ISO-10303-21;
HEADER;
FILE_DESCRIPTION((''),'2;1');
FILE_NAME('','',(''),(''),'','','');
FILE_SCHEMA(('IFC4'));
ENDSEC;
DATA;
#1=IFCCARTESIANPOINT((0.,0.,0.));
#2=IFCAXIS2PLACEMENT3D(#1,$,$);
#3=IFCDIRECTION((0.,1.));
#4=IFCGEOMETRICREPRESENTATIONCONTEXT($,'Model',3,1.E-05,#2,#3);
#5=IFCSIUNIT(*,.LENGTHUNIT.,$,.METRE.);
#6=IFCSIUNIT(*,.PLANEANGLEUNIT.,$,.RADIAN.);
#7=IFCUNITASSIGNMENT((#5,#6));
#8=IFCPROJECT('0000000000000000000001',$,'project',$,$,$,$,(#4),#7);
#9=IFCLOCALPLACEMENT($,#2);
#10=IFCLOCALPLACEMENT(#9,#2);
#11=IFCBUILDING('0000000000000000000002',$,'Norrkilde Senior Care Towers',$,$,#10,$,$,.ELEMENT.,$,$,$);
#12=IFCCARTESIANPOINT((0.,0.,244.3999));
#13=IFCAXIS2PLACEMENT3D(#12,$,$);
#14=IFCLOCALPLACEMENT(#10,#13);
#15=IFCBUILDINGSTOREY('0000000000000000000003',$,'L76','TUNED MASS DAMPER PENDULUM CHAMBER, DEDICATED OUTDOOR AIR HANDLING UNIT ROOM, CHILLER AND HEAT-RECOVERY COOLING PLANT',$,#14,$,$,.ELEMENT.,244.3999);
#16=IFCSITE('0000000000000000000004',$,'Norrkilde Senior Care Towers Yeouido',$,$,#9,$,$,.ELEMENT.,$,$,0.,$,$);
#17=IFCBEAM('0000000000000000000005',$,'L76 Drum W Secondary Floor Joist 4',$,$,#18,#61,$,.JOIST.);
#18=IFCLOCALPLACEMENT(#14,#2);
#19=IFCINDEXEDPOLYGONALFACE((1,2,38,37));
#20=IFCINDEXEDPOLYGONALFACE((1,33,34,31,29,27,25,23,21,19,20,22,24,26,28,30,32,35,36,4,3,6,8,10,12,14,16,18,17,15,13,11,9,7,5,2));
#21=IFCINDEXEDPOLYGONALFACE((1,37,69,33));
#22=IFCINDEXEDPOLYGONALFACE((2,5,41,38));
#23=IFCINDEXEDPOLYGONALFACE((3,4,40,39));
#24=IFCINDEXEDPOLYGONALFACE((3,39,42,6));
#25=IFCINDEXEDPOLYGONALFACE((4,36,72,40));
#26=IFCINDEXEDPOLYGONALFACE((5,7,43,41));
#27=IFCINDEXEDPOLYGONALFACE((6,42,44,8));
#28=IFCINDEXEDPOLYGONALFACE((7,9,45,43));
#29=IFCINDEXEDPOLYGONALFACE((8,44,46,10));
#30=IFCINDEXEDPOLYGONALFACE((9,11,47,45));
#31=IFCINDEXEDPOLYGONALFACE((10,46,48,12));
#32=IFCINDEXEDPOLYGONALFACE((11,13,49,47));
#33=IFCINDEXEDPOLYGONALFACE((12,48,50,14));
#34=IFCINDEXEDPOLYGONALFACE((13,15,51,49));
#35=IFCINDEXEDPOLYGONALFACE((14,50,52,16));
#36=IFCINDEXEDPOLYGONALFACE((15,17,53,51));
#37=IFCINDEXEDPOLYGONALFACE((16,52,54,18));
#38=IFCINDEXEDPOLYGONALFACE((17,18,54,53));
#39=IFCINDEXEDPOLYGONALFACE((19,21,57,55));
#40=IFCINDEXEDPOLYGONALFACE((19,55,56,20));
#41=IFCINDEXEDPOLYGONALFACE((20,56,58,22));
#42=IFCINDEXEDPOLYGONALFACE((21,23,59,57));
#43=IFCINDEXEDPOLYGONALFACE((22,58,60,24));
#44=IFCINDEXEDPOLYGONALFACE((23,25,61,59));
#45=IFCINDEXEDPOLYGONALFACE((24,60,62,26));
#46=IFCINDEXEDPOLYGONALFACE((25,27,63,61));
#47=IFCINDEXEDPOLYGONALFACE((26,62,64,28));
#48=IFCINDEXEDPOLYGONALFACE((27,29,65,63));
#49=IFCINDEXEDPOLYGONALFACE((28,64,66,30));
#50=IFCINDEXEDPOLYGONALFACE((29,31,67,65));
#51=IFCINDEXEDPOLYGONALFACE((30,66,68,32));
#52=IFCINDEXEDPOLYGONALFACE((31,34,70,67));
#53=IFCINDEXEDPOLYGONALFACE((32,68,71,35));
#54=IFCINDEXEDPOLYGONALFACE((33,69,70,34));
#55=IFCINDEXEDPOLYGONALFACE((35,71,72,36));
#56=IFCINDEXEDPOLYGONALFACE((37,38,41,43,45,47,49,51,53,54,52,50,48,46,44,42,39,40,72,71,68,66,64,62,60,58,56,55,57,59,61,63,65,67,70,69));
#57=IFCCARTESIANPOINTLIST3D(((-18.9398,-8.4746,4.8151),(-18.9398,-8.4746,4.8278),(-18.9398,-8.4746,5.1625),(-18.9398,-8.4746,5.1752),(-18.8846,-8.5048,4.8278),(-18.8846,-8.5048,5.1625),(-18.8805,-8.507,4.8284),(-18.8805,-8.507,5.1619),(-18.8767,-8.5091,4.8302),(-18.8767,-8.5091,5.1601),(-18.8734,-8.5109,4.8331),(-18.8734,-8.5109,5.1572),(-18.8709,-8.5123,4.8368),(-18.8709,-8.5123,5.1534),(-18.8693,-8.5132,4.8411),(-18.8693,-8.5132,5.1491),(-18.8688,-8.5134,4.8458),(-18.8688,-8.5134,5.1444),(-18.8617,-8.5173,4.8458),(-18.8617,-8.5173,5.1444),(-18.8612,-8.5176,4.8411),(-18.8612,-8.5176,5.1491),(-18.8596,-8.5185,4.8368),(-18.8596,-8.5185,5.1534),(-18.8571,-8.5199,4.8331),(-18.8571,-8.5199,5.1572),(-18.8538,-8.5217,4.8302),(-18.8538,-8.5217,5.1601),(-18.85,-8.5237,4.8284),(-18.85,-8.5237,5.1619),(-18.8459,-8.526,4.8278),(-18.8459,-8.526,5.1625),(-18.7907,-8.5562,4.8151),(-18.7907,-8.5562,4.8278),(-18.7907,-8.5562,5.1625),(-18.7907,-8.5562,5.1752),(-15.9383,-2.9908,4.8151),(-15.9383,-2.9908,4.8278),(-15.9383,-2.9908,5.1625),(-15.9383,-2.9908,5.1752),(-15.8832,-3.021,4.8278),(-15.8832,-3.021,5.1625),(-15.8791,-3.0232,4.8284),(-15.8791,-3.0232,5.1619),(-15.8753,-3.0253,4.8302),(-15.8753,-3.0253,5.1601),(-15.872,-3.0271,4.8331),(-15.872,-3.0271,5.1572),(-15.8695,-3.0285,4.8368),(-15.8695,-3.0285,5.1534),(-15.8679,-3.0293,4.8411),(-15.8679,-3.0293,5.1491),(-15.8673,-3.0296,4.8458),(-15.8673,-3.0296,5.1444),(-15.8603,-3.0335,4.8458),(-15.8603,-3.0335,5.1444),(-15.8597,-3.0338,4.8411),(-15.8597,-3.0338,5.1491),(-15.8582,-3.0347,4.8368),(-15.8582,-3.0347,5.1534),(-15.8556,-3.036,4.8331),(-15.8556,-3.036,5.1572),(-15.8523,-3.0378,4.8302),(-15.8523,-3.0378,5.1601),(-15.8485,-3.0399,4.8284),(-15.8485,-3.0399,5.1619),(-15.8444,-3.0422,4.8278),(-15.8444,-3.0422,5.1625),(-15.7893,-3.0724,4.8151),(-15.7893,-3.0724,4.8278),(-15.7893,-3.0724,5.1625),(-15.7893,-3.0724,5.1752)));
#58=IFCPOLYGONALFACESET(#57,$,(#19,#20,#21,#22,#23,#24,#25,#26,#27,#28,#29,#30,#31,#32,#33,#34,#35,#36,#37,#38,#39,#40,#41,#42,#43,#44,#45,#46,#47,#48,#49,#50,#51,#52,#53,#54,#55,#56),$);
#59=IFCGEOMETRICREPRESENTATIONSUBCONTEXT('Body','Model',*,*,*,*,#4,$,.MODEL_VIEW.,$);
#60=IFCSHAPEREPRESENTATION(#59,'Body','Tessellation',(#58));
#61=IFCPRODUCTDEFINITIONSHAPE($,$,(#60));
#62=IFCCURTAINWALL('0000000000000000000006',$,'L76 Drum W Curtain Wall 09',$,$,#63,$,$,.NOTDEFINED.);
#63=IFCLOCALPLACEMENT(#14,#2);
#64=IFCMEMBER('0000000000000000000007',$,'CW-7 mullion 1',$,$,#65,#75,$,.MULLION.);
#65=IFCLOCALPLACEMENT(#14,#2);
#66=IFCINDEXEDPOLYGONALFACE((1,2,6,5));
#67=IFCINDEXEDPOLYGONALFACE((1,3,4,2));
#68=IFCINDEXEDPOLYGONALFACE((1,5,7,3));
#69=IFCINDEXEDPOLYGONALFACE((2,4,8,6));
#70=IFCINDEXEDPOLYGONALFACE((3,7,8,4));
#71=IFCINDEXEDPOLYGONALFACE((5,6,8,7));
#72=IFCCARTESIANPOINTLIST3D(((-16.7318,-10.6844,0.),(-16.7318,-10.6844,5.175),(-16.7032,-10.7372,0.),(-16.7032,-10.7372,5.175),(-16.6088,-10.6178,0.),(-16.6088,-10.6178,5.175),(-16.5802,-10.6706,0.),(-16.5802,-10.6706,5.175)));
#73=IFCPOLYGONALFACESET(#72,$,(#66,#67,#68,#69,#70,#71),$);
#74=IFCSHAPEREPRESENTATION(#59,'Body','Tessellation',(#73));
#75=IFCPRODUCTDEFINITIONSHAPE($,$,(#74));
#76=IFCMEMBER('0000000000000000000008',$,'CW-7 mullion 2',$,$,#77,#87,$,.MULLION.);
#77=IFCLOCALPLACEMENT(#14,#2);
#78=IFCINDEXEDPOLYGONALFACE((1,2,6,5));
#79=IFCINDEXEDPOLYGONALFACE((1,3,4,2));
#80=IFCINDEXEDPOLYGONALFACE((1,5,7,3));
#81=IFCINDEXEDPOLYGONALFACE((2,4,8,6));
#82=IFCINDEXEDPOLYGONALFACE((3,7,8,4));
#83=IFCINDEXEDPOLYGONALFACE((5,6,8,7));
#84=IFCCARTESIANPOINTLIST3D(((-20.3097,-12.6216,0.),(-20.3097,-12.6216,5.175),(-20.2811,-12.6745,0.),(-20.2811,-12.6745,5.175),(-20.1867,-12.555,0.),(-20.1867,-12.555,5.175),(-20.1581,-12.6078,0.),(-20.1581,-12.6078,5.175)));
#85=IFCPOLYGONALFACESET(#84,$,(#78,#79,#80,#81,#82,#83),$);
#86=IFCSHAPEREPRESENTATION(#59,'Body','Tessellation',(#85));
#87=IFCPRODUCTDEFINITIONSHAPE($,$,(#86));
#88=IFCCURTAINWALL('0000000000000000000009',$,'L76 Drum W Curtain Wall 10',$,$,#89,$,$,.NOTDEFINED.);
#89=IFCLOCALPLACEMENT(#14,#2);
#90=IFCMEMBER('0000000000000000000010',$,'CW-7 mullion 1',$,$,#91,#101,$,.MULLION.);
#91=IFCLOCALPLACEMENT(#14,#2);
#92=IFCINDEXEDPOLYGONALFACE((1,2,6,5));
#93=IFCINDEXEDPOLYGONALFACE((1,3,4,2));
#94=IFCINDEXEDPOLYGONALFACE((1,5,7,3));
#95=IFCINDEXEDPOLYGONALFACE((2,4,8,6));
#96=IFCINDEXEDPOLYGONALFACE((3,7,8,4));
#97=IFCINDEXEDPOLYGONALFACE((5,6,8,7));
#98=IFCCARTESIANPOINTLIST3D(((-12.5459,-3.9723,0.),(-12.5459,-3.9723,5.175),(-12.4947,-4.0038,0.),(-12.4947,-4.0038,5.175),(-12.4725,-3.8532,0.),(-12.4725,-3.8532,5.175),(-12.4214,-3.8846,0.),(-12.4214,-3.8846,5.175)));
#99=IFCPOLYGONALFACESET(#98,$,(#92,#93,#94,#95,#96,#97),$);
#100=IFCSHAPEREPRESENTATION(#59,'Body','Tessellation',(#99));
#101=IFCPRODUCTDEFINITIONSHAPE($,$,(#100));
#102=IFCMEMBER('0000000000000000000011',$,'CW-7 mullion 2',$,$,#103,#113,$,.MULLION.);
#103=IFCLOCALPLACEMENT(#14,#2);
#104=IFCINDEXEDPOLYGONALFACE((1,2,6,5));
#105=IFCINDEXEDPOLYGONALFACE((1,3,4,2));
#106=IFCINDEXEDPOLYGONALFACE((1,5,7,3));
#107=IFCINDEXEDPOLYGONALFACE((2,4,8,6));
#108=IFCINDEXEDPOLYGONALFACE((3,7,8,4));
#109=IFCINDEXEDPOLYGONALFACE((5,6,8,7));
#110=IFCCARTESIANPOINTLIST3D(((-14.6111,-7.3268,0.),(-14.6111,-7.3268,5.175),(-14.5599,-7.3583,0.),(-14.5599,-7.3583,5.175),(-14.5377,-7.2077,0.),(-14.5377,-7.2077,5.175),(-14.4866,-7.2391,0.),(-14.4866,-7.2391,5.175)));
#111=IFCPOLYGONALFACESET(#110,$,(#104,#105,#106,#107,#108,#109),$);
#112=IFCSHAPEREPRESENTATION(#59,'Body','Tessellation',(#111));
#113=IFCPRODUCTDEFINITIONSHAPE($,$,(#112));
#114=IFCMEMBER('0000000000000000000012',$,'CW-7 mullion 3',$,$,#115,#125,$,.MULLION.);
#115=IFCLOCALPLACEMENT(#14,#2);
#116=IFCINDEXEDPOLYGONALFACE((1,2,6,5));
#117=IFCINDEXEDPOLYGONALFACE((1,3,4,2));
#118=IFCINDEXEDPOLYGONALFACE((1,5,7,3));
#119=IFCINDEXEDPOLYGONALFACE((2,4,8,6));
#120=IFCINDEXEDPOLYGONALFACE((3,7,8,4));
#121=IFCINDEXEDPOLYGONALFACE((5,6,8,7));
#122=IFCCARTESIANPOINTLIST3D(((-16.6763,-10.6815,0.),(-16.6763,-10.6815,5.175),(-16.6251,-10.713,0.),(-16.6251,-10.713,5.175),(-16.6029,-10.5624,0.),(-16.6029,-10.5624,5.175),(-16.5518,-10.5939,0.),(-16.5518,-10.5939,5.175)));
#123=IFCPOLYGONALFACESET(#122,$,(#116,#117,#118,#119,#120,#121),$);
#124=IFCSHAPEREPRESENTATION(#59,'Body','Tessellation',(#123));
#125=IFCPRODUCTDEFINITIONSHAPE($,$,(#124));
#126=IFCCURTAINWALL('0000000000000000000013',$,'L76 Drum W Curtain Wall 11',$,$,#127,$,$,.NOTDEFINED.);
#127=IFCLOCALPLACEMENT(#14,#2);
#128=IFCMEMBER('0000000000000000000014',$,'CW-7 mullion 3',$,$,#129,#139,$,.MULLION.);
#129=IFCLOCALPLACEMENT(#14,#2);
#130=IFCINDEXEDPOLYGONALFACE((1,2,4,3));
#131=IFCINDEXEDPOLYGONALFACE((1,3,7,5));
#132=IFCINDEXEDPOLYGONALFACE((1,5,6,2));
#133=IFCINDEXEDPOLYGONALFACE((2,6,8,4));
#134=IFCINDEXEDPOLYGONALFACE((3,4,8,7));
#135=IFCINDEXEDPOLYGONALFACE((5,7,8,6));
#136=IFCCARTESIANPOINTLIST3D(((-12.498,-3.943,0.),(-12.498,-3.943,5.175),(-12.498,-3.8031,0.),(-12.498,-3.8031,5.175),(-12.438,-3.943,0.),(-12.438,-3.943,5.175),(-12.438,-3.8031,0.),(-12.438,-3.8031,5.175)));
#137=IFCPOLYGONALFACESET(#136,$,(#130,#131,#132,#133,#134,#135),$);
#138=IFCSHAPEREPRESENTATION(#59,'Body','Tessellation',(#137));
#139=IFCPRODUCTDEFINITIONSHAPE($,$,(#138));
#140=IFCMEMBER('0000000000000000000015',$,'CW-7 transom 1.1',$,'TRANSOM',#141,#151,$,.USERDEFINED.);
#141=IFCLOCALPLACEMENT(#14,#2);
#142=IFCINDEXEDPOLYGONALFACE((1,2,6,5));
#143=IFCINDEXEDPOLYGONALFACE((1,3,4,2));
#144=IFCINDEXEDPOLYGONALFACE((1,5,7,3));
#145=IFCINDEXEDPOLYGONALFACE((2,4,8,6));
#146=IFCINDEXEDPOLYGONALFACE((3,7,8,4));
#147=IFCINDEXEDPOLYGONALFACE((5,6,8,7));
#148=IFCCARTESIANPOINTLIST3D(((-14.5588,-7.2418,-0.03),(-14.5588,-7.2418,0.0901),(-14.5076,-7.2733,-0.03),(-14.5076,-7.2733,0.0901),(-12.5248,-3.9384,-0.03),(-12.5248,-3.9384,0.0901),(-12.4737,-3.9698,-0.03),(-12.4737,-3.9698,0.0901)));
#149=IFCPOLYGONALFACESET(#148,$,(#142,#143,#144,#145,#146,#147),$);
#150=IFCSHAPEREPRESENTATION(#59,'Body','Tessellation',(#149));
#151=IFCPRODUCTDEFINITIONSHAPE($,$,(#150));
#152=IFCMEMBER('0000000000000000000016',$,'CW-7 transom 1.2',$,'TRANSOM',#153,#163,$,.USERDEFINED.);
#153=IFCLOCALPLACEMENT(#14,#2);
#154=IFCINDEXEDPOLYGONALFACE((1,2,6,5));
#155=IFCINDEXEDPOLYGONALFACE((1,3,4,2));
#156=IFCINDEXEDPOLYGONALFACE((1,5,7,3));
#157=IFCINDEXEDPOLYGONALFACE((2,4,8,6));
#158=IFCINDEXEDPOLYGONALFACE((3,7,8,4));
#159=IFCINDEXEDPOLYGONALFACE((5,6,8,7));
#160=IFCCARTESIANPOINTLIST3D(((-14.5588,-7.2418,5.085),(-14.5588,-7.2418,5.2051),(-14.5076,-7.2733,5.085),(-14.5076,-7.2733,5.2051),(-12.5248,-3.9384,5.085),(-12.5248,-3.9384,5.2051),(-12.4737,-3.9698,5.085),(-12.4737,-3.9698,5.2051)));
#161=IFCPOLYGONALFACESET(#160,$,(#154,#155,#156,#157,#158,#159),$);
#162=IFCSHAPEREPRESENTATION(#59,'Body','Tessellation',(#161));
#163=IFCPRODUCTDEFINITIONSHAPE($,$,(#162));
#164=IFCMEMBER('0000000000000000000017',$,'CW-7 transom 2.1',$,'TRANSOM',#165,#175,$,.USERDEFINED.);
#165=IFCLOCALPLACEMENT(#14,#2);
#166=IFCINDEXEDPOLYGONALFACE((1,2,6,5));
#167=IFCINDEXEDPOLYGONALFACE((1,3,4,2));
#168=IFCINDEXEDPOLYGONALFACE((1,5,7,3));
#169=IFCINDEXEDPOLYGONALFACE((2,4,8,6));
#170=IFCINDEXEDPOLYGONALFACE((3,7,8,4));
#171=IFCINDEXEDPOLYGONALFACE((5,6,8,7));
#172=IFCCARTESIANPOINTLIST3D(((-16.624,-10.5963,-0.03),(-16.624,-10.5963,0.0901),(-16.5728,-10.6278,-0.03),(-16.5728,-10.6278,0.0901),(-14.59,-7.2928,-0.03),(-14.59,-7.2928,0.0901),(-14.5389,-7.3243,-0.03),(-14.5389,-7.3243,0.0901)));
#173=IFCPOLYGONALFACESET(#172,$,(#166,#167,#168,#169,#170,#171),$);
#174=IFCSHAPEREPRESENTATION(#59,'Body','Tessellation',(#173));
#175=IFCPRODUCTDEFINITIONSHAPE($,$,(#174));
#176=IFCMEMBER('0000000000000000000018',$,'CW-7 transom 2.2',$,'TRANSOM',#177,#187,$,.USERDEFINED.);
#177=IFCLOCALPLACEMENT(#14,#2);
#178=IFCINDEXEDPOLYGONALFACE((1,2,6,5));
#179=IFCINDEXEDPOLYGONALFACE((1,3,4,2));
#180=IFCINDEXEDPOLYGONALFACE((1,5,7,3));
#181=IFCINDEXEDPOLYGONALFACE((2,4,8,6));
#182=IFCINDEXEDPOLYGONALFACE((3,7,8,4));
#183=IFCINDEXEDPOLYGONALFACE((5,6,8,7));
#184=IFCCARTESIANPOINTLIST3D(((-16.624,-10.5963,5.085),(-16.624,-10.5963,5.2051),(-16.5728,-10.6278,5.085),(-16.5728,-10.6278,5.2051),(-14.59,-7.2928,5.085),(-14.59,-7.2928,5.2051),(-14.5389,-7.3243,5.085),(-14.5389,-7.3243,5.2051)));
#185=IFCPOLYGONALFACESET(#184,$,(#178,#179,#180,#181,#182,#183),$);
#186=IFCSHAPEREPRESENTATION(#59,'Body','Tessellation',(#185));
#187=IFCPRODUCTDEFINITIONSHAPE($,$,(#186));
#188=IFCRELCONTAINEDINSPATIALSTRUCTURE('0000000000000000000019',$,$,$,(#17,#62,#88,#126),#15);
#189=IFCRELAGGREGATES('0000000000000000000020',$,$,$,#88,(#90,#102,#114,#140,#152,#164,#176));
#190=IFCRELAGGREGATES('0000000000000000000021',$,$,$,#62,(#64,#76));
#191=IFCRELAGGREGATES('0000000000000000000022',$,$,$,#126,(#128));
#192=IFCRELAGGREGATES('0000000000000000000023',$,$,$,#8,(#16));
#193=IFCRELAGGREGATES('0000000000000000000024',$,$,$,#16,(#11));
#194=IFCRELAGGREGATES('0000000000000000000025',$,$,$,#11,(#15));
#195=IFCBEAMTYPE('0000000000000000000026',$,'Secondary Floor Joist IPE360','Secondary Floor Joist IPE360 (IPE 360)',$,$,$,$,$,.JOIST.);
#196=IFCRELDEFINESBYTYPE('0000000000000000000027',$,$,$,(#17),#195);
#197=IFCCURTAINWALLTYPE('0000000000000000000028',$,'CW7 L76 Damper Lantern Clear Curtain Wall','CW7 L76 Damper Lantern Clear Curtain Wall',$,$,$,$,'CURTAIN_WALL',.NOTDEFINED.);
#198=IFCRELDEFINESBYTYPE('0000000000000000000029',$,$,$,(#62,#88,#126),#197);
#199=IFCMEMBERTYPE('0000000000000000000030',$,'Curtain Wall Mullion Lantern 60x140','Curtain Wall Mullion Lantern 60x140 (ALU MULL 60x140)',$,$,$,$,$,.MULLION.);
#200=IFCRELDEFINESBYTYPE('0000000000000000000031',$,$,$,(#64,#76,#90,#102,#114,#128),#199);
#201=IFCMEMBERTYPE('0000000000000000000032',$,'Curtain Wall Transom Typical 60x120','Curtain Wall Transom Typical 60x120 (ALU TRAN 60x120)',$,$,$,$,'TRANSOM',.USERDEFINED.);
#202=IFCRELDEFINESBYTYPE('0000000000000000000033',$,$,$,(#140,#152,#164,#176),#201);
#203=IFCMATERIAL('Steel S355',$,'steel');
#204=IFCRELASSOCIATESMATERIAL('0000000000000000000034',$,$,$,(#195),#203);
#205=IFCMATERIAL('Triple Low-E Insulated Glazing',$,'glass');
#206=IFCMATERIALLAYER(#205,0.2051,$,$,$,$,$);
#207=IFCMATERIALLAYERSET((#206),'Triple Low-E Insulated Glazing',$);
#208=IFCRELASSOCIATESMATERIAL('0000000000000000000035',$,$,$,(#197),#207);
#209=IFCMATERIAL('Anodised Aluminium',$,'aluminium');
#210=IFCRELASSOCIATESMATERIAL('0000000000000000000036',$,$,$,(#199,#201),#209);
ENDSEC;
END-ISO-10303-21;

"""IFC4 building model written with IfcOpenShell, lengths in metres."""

from ifc_helpers import new_model, si_unit, direction, frame, origin, origin_2d, place, context, subcontext, project, spatial, rectangle, i_section, extrude, source, transform, mapped, material, layer, layer_set, material_profile, profile_set, type_object, type_shapes, element, aggregate, save


model = new_model("IFC4")

# Units and contexts
model_context = context("Model", 3, precision=1e-05, world=origin(), true_north=direction((0.0, 1.0)))
body_context = subcontext(model_context, "Body", "Model", "MODEL_VIEW")
ifc_project = project(units=[si_unit("LENGTHUNIT", "METRE"), si_unit("PLANEANGLEUNIT", "RADIAN")], contexts=[model_context])

# Site, building, storey
site_placement = place(None, origin())
site = spatial("IfcSite", under=ifc_project, at=site_placement, Name="Norrkilde Senior Care Towers Yeouido", CompositionType="ELEMENT", RefElevation=0.0)
building_placement = place(site_placement, origin())
building = spatial("IfcBuilding", under=site, at=building_placement, Name="Norrkilde Senior Care Towers", CompositionType="ELEMENT")
storey_placement = place(building_placement, frame((0.0, 0.0, 244.3999)))
storey = spatial("IfcBuildingStorey", under=building, at=storey_placement, Name="L76", Description="TUNED MASS DAMPER PENDULUM CHAMBER, DEDICATED OUTDOOR AIR HANDLING UNIT ROOM, CHILLER AND HEAT-RECOVERY COOLING PLANT", CompositionType="ELEMENT", Elevation=244.3999)

# Beam
ifc_material_1 = material(Name="Steel S355", Category="steel")
ifc_material_profile_1 = material_profile(ifc_material_1, i_section(OverallWidth=0.1699, OverallDepth=0.3601, WebThickness=0.0081, FlangeThickness=0.0127, FilletRadius=0.0181, at=origin_2d()), Name="IPE 360")
ifc_profile_set_1 = profile_set([ifc_material_profile_1], Name="Steel S355")
beam_type_1 = type_object("IfcBeamType", Name="Secondary Floor Joist IPE360", Description="Secondary Floor Joist IPE360 (IPE 360)", PredefinedType="JOIST", material=ifc_profile_set_1)
shared_shape_1 = source(origin(), body_context, "Body", "SweptSolid", [
    extrude(i_section(OverallWidth=0.1699, OverallDepth=0.3601, WebThickness=0.0081, FlangeThickness=0.0127, FilletRadius=0.0181, at=origin_2d()), origin(), (0.0, 0.0, 1.0), 6.2515),
])
type_shapes(beam_type_1, [shared_shape_1])
beam_1_placement = place(storey_placement, frame((-18.8652, -8.5154, 4.9951), z_axis=(0.480116, 0.877205, 0.0), x_axis=(-0.877205, 0.480116, 0.0)))
element("IfcBeam", 1, at=beam_1_placement, inside=storey, type_object=beam_type_1, Name="L76 Drum W Secondary Floor Joist 4", PredefinedType="JOIST", context=body_context, shape_type="MappedRepresentation", body=[
    mapped(shared_shape_1, transform((0.0, 0.0, 0.0), x_axis=(1.0, 0.0, 0.0), y_axis=(0.0, 1.0, 0.0), z_axis=(0.0, 0.0, 1.0), scale=1.0)),
])

# Curtain walls, members
ifc_material_2 = material(Name="Triple Low-E Insulated Glazing", Category="glass")
ifc_layer_1 = layer(ifc_material_2, 0.2051)
ifc_layer_set_1 = layer_set([ifc_layer_1], Name="Triple Low-E Insulated Glazing")
curtain_wall_type = type_object("IfcCurtainWallType", Name="CW7 L76 Damper Lantern Clear Curtain Wall", Description="CW7 L76 Damper Lantern Clear Curtain Wall", ElementType="CURTAIN_WALL", PredefinedType="NOTDEFINED", material=ifc_layer_set_1)
curtain_wall_1_placement = place(storey_placement, origin())
curtain_wall_1 = element("IfcCurtainWall", 2, at=curtain_wall_1_placement, inside=storey, type_object=curtain_wall_type, Name="L76 Drum W Curtain Wall 09", PredefinedType="NOTDEFINED")
ifc_material_3 = material(Name="Anodised Aluminium", Category="aluminium")
ifc_material_profile_2 = material_profile(ifc_material_3, rectangle(XDim=0.0601, YDim=0.1399, at=origin_2d()), Name="ALU MULL 60x140")
ifc_profile_set_2 = profile_set([ifc_material_profile_2], Name="Anodised Aluminium")
member_type_1 = type_object("IfcMemberType", Name="Curtain Wall Mullion Lantern 60x140", Description="Curtain Wall Mullion Lantern 60x140 (ALU MULL 60x140)", PredefinedType="MULLION", material=ifc_profile_set_2)
shared_shape_2 = source(origin(), body_context, "Body", "SweptSolid", [
    extrude(rectangle(XDim=0.0601, YDim=0.1399, at=origin_2d()), origin(), (0.0, 0.0, 1.0), 5.175),
])
type_shapes(member_type_1, [shared_shape_2])
member_1_placement = place(storey_placement, frame((-16.656, -10.6775, 0.0), z_axis=(0.0, 0.0, 1.0), x_axis=(0.476133, -0.879373, 0.0)))
member_1 = element("IfcMember", 3, at=member_1_placement, type_object=member_type_1, Name="CW-7 mullion 1", PredefinedType="MULLION", context=body_context, shape_type="MappedRepresentation", body=[
    mapped(shared_shape_2, transform((0.0, 0.0, 0.0), x_axis=(1.0, 0.0, 0.0), y_axis=(0.0, 1.0, 0.0), z_axis=(0.0, 0.0, 1.0), scale=1.0)),
])
member_2_placement = place(storey_placement, frame((-20.2339, -12.6147, 0.0), z_axis=(0.0, 0.0, 1.0), x_axis=(0.476133, -0.879373, 0.0)))
member_2 = element("IfcMember", 4, at=member_2_placement, type_object=member_type_1, Name="CW-7 mullion 2", PredefinedType="MULLION", context=body_context, shape_type="MappedRepresentation", body=[
    mapped(shared_shape_2, transform((0.0, 0.0, 0.0), x_axis=(1.0, 0.0, 0.0), y_axis=(0.0, 1.0, 0.0), z_axis=(0.0, 0.0, 1.0), scale=1.0)),
])
curtain_wall_2_placement = place(storey_placement, origin())
curtain_wall_2 = element("IfcCurtainWall", 5, at=curtain_wall_2_placement, inside=storey, type_object=curtain_wall_type, Name="L76 Drum W Curtain Wall 10", PredefinedType="NOTDEFINED")
member_3_placement = place(storey_placement, frame((-12.4836, -3.9285, 0.0), z_axis=(0.0, 0.0, 1.0), x_axis=(0.851563, -0.524253, 0.0)))
member_3 = element("IfcMember", 6, at=member_3_placement, type_object=member_type_1, Name="CW-7 mullion 1", PredefinedType="MULLION", context=body_context, shape_type="MappedRepresentation", body=[
    mapped(shared_shape_2, transform((0.0, 0.0, 0.0), x_axis=(1.0, 0.0, 0.0), y_axis=(0.0, 1.0, 0.0), z_axis=(0.0, 0.0, 1.0), scale=1.0)),
])
member_4_placement = place(storey_placement, frame((-14.5488, -7.283, 0.0), z_axis=(0.0, 0.0, 1.0), x_axis=(0.851563, -0.524253, 0.0)))
member_4 = element("IfcMember", 7, at=member_4_placement, type_object=member_type_1, Name="CW-7 mullion 2", PredefinedType="MULLION", context=body_context, shape_type="MappedRepresentation", body=[
    mapped(shared_shape_2, transform((0.0, 0.0, 0.0), x_axis=(1.0, 0.0, 0.0), y_axis=(0.0, 1.0, 0.0), z_axis=(0.0, 0.0, 1.0), scale=1.0)),
])
member_5_placement = place(storey_placement, frame((-16.614, -10.6377, 0.0), z_axis=(0.0, 0.0, 1.0), x_axis=(0.851563, -0.524253, 0.0)))
member_5 = element("IfcMember", 8, at=member_5_placement, type_object=member_type_1, Name="CW-7 mullion 3", PredefinedType="MULLION", context=body_context, shape_type="MappedRepresentation", body=[
    mapped(shared_shape_2, transform((0.0, 0.0, 0.0), x_axis=(1.0, 0.0, 0.0), y_axis=(0.0, 1.0, 0.0), z_axis=(0.0, 0.0, 1.0), scale=1.0)),
])

# Curtain wall, member
curtain_wall_3_placement = place(storey_placement, origin())
curtain_wall_3 = element("IfcCurtainWall", 9, at=curtain_wall_3_placement, inside=storey, type_object=curtain_wall_type, Name="L76 Drum W Curtain Wall 11", PredefinedType="NOTDEFINED")
member_6_placement = place(storey_placement, frame((-12.468, -3.873, 0.0), z_axis=(0.0, 0.0, 1.0), x_axis=(1.0, 0.0, 0.0)))
member_6 = element("IfcMember", 10, at=member_6_placement, type_object=member_type_1, Name="CW-7 mullion 3", PredefinedType="MULLION", context=body_context, shape_type="MappedRepresentation", body=[
    mapped(shared_shape_2, transform((0.0, 0.0, 0.0), x_axis=(1.0, 0.0, 0.0), y_axis=(0.0, 1.0, 0.0), z_axis=(0.0, 0.0, 1.0), scale=1.0)),
])

# Members
ifc_material_profile_3 = material_profile(ifc_material_3, rectangle(XDim=0.0601, YDim=0.1201, at=origin_2d()), Name="ALU TRAN 60x120")
ifc_profile_set_3 = profile_set([ifc_material_profile_3], Name="Anodised Aluminium")
member_type_2 = type_object("IfcMemberType", Name="Curtain Wall Transom Typical 60x120", Description="Curtain Wall Transom Typical 60x120 (ALU TRAN 60x120)", ElementType="TRANSOM", PredefinedType="USERDEFINED", material=ifc_profile_set_3)
shared_shape_3 = source(origin(), body_context, "Body", "SweptSolid", [
    extrude(rectangle(XDim=0.0601, YDim=0.1201, at=origin_2d()), origin(), (0.0, 0.0, 1.0), 3.8794),
])
member_7_placement = place(storey_placement, frame((-12.4993, -3.9541, 0.03), z_axis=(-0.524291, -0.851539, 0.0), x_axis=(0.851539, -0.524291, 0.0)))
member_7 = element("IfcMember", 11, at=member_7_placement, type_object=member_type_2, Name="CW-7 transom 1.1", ObjectType="TRANSOM", PredefinedType="USERDEFINED", context=body_context, shape_type="MappedRepresentation", body=[
    mapped(shared_shape_3, transform((0.0, 0.0, 0.0), x_axis=(1.0, 0.0, 0.0), y_axis=(0.0, 1.0, 0.0), z_axis=(0.0, 0.0, 1.0), scale=1.0)),
])
member_8_placement = place(storey_placement, frame((-12.4993, -3.9541, 5.145), z_axis=(-0.524291, -0.851539, 0.0), x_axis=(0.851539, -0.524291, 0.0)))
member_8 = element("IfcMember", 12, at=member_8_placement, type_object=member_type_2, Name="CW-7 transom 1.2", ObjectType="TRANSOM", PredefinedType="USERDEFINED", context=body_context, shape_type="MappedRepresentation", body=[
    mapped(shared_shape_3, transform((0.0, 0.0, 0.0), x_axis=(1.0, 0.0, 0.0), y_axis=(0.0, 1.0, 0.0), z_axis=(0.0, 0.0, 1.0), scale=1.0)),
])
member_9_placement = place(storey_placement, frame((-14.5645, -7.3086, 0.03), z_axis=(-0.524291, -0.851539, 0.0), x_axis=(0.851539, -0.524291, 0.0)))
member_9 = element("IfcMember", 13, at=member_9_placement, type_object=member_type_2, Name="CW-7 transom 2.1", ObjectType="TRANSOM", PredefinedType="USERDEFINED", context=body_context, shape_type="MappedRepresentation", body=[
    mapped(shared_shape_3, transform((0.0, 0.0, 0.0), x_axis=(1.0, 0.0, 0.0), y_axis=(0.0, 1.0, 0.0), z_axis=(0.0, 0.0, 1.0), scale=1.0)),
])
member_10_placement = place(storey_placement, frame((-14.5645, -7.3086, 5.145), z_axis=(-0.524291, -0.851539, 0.0), x_axis=(0.851539, -0.524291, 0.0)))
member_10 = element("IfcMember", 14, at=member_10_placement, type_object=member_type_2, Name="CW-7 transom 2.2", ObjectType="TRANSOM", PredefinedType="USERDEFINED", context=body_context, shape_type="MappedRepresentation", body=[
    mapped(shared_shape_3, transform((0.0, 0.0, 0.0), x_axis=(1.0, 0.0, 0.0), y_axis=(0.0, 1.0, 0.0), z_axis=(0.0, 0.0, 1.0), scale=1.0)),
])

aggregate(curtain_wall_2, [member_3, member_4, member_5, member_7, member_8, member_9, member_10])
aggregate(curtain_wall_1, [member_1, member_2])
aggregate(curtain_wall_3, [member_6])

save(model, "model.ifc")
